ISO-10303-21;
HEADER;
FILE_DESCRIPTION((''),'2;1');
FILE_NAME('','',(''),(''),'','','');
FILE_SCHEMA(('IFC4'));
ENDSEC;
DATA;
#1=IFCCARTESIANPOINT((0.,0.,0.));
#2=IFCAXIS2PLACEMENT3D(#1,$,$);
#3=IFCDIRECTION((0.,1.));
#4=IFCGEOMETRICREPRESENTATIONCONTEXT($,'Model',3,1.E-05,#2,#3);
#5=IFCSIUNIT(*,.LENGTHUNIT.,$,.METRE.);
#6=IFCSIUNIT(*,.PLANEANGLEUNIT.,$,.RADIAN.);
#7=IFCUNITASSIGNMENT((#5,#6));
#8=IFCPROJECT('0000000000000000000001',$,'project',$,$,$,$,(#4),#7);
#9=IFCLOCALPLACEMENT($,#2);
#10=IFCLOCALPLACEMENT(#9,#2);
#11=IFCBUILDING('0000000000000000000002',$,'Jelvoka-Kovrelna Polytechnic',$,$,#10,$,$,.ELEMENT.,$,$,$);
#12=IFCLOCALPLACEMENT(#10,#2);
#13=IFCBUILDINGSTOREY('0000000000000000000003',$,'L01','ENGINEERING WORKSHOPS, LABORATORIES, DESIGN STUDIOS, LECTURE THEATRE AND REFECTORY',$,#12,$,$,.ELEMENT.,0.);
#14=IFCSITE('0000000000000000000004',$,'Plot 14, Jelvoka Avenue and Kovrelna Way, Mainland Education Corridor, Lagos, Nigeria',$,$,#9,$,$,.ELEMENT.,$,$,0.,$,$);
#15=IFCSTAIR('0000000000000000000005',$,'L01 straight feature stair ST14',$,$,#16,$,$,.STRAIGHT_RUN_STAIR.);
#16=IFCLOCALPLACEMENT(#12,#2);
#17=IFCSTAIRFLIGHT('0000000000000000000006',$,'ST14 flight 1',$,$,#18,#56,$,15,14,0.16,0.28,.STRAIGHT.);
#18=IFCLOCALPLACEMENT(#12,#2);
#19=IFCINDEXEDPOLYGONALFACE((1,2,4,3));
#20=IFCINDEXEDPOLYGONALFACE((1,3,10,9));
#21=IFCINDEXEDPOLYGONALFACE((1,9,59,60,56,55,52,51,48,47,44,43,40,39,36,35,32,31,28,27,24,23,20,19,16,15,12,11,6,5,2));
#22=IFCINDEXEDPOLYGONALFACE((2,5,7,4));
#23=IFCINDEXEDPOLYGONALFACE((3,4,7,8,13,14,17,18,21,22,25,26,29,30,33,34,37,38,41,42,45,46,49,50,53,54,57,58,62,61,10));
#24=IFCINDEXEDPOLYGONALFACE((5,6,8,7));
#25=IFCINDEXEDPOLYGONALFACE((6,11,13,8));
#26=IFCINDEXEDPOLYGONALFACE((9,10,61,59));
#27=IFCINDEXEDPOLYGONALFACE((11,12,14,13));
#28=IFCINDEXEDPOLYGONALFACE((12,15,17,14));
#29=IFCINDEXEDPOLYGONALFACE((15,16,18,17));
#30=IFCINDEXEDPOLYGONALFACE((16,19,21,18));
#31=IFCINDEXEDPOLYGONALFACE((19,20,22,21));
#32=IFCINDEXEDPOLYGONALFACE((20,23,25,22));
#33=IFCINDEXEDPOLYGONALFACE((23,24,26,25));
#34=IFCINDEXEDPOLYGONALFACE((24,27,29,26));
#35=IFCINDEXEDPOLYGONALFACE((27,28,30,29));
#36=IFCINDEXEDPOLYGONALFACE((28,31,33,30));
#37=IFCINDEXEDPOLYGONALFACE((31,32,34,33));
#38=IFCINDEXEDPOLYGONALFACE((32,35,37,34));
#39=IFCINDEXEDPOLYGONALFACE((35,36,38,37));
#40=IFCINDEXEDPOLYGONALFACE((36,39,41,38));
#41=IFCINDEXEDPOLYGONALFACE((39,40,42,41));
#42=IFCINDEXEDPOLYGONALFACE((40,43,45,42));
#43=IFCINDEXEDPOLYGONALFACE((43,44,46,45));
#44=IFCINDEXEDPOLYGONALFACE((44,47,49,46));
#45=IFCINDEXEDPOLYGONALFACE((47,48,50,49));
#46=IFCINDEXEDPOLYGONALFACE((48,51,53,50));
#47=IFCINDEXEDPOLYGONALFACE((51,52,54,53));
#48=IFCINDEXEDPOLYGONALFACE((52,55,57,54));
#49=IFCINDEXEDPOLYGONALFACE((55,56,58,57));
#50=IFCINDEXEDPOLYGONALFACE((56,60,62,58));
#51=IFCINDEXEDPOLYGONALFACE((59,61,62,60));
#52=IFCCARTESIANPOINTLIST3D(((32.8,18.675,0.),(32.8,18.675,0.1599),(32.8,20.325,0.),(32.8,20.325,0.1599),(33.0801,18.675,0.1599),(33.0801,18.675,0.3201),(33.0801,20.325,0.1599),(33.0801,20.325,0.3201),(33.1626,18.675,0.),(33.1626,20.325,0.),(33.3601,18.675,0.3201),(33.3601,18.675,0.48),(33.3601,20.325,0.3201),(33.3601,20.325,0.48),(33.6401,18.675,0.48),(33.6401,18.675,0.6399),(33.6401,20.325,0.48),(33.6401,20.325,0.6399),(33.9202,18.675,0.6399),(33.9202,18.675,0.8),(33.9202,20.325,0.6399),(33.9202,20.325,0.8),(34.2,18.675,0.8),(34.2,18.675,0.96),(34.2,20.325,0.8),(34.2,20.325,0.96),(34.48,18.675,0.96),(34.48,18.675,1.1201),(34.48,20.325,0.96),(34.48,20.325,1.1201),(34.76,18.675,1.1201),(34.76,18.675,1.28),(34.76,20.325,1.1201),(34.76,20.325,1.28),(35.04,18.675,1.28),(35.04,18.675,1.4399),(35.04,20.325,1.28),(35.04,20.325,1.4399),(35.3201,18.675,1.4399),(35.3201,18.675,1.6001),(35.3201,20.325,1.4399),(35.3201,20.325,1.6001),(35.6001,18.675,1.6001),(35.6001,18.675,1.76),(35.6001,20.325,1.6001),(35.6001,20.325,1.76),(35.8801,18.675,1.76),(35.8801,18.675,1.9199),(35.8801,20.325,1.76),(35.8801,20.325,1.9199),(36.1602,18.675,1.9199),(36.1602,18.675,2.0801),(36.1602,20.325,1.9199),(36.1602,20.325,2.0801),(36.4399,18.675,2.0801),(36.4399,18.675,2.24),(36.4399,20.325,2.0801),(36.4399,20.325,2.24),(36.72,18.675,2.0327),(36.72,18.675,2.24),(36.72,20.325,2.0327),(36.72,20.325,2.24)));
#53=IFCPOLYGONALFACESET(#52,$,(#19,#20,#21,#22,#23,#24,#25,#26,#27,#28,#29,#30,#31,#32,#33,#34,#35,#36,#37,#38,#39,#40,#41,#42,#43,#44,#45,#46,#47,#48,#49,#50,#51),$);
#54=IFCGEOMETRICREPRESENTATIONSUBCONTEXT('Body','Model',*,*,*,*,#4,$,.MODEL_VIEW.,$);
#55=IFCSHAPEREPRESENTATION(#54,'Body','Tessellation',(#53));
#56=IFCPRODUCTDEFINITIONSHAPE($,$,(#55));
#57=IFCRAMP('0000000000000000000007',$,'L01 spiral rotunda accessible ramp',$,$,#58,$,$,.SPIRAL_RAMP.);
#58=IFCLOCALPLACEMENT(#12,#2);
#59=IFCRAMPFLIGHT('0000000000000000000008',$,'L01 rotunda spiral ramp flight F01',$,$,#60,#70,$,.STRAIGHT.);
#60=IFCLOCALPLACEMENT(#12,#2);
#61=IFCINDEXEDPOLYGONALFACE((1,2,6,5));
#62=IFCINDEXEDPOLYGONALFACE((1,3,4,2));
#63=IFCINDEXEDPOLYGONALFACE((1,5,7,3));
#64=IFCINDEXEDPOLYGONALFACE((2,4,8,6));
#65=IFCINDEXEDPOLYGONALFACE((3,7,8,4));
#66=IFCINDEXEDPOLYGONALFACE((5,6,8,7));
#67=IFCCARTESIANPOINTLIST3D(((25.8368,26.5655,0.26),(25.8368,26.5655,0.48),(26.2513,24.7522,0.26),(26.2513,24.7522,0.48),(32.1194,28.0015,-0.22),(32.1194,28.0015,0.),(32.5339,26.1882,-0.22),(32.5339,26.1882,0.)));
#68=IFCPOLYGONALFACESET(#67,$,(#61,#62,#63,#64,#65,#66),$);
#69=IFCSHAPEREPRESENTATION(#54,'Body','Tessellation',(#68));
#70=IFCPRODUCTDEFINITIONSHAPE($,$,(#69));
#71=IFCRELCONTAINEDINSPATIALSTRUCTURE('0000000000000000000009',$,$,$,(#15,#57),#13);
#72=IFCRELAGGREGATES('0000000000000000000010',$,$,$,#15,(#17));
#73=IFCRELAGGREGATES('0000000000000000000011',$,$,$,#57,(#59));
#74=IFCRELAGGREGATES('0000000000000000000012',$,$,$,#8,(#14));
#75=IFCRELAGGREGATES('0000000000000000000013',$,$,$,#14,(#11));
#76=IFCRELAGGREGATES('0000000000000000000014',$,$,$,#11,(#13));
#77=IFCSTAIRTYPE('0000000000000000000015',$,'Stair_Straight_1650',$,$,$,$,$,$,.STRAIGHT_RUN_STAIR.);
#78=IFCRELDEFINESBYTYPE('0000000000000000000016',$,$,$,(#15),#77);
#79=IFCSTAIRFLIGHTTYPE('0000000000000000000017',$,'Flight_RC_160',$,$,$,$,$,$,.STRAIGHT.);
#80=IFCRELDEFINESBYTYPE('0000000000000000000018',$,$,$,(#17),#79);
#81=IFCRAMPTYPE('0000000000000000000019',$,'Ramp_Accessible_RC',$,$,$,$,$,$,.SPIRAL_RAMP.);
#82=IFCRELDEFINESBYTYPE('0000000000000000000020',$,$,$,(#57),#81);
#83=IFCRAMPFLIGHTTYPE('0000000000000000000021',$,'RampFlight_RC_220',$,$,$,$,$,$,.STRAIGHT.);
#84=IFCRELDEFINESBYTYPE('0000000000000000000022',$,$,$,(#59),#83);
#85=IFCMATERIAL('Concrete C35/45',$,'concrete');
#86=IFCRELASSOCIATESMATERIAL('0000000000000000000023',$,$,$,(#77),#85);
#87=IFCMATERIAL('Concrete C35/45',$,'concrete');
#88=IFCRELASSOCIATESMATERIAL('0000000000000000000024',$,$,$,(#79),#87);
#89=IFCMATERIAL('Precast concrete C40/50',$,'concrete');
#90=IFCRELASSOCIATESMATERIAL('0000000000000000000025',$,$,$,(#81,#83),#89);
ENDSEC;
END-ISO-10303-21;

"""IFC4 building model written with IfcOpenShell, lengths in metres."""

from ifc_helpers import new_model, si_unit, direction, frame, origin, place, context, subcontext, project, spatial, polyline, outline, extrude, material, type_object, element, aggregate, save


model = new_model("IFC4")

# Units and contexts
model_context = context("Model", 3, precision=1e-05, world=origin(), true_north=direction((0.0, 1.0)))
body_context = subcontext(model_context, "Body", "Model", "MODEL_VIEW")
ifc_project = project(units=[si_unit("LENGTHUNIT", "METRE"), si_unit("PLANEANGLEUNIT", "RADIAN")], contexts=[model_context])

# Site, building, storey
site_placement = place(None, origin())
site = spatial("IfcSite", under=ifc_project, at=site_placement, Name="Plot 14, Jelvoka Avenue and Kovrelna Way, Mainland Education Corridor, Lagos, Nigeria", CompositionType="ELEMENT", RefElevation=0.0)
building_placement = place(site_placement, origin())
building = spatial("IfcBuilding", under=site, at=building_placement, Name="Jelvoka-Kovrelna Polytechnic", CompositionType="ELEMENT")
storey_placement = place(building_placement, origin())
storey = spatial("IfcBuildingStorey", under=building, at=storey_placement, Name="L01", Description="ENGINEERING WORKSHOPS, LABORATORIES, DESIGN STUDIOS, LECTURE THEATRE AND REFECTORY", CompositionType="ELEMENT", Elevation=0.0)

# Stair, stair flight
ifc_material_1 = material(Name="Concrete C35/45", Category="concrete")
stair_type = type_object("IfcStairType", Name="Stair_Straight_1650", PredefinedType="STRAIGHT_RUN_STAIR", material=ifc_material_1)
stair_placement = place(storey_placement, origin())
stair = element("IfcStair", 1, at=stair_placement, inside=storey, type_object=stair_type, Name="L01 straight feature stair ST14", PredefinedType="STRAIGHT_RUN_STAIR")
ifc_material_2 = material(Name="Concrete C35/45", Category="concrete")
stair_flight_type = type_object("IfcStairFlightType", Name="Flight_RC_160", PredefinedType="STRAIGHT", material=ifc_material_2)
stair_flight_placement = place(storey_placement, frame((32.8, 19.5, 0.0), z_axis=(0.0, 0.0, 1.0), x_axis=(1.0, 0.0, 0.0)))
stair_flight = element("IfcStairFlight", 2, at=stair_flight_placement, type_object=stair_flight_type, Name="ST14 flight 1", NumberOfRisers=15, NumberOfTreads=14, PredefinedType="STRAIGHT", RiserHeight=0.16, TreadLength=0.28, context=body_context, shape_type="SweptSolid", body=[
    extrude(outline(polyline([(0.0, 0.0), (0.0, 0.1599), (0.28, 0.1599), (0.28, 0.3201), (0.5601, 0.3201), (0.5601, 0.48), (0.8401, 0.48), (0.8401, 0.6399), (1.1201, 0.6399), (1.1201, 0.8), (1.3999, 0.8), (1.3999, 0.96), (1.6799, 0.96), (1.6799, 1.1201), (1.96, 1.1201), (1.96, 1.28), (2.24, 1.28), (2.24, 1.4399), (2.52, 1.4399), (2.52, 1.6001), (2.8, 1.6001), (2.8, 1.76), (3.0801, 1.76), (3.0801, 1.9199), (3.3601, 1.9199), (3.3601, 2.0801), (3.6399, 2.0801), (3.6399, 2.24), (3.9199, 2.24), (3.9199, 2.3999), (3.9199, 2.0327), (0.3625, 0.0), (0.0, 0.0)])), frame((0.0, 0.825, 0.0), z_axis=(0.0, -1.0, 0.0), x_axis=(1.0, 0.0, 0.0)), (0.0, 0.0, 1.0), 1.6499),
])
aggregate(stair, [stair_flight])

# Ramp, ramp flight
ifc_material_3 = material(Name="Precast concrete C40/50", Category="concrete")
ramp_type = type_object("IfcRampType", Name="Ramp_Accessible_RC", PredefinedType="SPIRAL_RAMP", material=ifc_material_3)
ramp_placement = place(storey_placement, origin())
ramp = element("IfcRamp", 3, at=ramp_placement, inside=storey, type_object=ramp_type, Name="L01 spiral rotunda accessible ramp", PredefinedType="SPIRAL_RAMP")
ramp_flight_type = type_object("IfcRampFlightType", Name="RampFlight_RC_220", PredefinedType="STRAIGHT", material=ifc_material_3)
ramp_flight_placement = place(None, frame((32.3267, 27.0947, 0.0), z_axis=(0.0, 0.0, 1.0), x_axis=(-0.974859, -0.222821, 0.0)))
ramp_flight = element("IfcRampFlight", 4, at=ramp_flight_placement, type_object=ramp_flight_type, Name="L01 rotunda spiral ramp flight F01", PredefinedType="STRAIGHT", context=body_context, shape_type="SweptSolid", body=[
    extrude(outline(polyline([(0.0, 0.0), (6.4446, 0.48), (6.4446, 0.26), (0.0, -0.22), (0.0, 0.0)])), frame((0.0, 0.9299, 0.0), z_axis=(0.0, -1.0, 0.0), x_axis=(1.0, 0.0, 0.0)), (0.0, 0.0, 1.0), 1.8601),
])
aggregate(ramp, [ramp_flight])

save(model, "model.ifc")
